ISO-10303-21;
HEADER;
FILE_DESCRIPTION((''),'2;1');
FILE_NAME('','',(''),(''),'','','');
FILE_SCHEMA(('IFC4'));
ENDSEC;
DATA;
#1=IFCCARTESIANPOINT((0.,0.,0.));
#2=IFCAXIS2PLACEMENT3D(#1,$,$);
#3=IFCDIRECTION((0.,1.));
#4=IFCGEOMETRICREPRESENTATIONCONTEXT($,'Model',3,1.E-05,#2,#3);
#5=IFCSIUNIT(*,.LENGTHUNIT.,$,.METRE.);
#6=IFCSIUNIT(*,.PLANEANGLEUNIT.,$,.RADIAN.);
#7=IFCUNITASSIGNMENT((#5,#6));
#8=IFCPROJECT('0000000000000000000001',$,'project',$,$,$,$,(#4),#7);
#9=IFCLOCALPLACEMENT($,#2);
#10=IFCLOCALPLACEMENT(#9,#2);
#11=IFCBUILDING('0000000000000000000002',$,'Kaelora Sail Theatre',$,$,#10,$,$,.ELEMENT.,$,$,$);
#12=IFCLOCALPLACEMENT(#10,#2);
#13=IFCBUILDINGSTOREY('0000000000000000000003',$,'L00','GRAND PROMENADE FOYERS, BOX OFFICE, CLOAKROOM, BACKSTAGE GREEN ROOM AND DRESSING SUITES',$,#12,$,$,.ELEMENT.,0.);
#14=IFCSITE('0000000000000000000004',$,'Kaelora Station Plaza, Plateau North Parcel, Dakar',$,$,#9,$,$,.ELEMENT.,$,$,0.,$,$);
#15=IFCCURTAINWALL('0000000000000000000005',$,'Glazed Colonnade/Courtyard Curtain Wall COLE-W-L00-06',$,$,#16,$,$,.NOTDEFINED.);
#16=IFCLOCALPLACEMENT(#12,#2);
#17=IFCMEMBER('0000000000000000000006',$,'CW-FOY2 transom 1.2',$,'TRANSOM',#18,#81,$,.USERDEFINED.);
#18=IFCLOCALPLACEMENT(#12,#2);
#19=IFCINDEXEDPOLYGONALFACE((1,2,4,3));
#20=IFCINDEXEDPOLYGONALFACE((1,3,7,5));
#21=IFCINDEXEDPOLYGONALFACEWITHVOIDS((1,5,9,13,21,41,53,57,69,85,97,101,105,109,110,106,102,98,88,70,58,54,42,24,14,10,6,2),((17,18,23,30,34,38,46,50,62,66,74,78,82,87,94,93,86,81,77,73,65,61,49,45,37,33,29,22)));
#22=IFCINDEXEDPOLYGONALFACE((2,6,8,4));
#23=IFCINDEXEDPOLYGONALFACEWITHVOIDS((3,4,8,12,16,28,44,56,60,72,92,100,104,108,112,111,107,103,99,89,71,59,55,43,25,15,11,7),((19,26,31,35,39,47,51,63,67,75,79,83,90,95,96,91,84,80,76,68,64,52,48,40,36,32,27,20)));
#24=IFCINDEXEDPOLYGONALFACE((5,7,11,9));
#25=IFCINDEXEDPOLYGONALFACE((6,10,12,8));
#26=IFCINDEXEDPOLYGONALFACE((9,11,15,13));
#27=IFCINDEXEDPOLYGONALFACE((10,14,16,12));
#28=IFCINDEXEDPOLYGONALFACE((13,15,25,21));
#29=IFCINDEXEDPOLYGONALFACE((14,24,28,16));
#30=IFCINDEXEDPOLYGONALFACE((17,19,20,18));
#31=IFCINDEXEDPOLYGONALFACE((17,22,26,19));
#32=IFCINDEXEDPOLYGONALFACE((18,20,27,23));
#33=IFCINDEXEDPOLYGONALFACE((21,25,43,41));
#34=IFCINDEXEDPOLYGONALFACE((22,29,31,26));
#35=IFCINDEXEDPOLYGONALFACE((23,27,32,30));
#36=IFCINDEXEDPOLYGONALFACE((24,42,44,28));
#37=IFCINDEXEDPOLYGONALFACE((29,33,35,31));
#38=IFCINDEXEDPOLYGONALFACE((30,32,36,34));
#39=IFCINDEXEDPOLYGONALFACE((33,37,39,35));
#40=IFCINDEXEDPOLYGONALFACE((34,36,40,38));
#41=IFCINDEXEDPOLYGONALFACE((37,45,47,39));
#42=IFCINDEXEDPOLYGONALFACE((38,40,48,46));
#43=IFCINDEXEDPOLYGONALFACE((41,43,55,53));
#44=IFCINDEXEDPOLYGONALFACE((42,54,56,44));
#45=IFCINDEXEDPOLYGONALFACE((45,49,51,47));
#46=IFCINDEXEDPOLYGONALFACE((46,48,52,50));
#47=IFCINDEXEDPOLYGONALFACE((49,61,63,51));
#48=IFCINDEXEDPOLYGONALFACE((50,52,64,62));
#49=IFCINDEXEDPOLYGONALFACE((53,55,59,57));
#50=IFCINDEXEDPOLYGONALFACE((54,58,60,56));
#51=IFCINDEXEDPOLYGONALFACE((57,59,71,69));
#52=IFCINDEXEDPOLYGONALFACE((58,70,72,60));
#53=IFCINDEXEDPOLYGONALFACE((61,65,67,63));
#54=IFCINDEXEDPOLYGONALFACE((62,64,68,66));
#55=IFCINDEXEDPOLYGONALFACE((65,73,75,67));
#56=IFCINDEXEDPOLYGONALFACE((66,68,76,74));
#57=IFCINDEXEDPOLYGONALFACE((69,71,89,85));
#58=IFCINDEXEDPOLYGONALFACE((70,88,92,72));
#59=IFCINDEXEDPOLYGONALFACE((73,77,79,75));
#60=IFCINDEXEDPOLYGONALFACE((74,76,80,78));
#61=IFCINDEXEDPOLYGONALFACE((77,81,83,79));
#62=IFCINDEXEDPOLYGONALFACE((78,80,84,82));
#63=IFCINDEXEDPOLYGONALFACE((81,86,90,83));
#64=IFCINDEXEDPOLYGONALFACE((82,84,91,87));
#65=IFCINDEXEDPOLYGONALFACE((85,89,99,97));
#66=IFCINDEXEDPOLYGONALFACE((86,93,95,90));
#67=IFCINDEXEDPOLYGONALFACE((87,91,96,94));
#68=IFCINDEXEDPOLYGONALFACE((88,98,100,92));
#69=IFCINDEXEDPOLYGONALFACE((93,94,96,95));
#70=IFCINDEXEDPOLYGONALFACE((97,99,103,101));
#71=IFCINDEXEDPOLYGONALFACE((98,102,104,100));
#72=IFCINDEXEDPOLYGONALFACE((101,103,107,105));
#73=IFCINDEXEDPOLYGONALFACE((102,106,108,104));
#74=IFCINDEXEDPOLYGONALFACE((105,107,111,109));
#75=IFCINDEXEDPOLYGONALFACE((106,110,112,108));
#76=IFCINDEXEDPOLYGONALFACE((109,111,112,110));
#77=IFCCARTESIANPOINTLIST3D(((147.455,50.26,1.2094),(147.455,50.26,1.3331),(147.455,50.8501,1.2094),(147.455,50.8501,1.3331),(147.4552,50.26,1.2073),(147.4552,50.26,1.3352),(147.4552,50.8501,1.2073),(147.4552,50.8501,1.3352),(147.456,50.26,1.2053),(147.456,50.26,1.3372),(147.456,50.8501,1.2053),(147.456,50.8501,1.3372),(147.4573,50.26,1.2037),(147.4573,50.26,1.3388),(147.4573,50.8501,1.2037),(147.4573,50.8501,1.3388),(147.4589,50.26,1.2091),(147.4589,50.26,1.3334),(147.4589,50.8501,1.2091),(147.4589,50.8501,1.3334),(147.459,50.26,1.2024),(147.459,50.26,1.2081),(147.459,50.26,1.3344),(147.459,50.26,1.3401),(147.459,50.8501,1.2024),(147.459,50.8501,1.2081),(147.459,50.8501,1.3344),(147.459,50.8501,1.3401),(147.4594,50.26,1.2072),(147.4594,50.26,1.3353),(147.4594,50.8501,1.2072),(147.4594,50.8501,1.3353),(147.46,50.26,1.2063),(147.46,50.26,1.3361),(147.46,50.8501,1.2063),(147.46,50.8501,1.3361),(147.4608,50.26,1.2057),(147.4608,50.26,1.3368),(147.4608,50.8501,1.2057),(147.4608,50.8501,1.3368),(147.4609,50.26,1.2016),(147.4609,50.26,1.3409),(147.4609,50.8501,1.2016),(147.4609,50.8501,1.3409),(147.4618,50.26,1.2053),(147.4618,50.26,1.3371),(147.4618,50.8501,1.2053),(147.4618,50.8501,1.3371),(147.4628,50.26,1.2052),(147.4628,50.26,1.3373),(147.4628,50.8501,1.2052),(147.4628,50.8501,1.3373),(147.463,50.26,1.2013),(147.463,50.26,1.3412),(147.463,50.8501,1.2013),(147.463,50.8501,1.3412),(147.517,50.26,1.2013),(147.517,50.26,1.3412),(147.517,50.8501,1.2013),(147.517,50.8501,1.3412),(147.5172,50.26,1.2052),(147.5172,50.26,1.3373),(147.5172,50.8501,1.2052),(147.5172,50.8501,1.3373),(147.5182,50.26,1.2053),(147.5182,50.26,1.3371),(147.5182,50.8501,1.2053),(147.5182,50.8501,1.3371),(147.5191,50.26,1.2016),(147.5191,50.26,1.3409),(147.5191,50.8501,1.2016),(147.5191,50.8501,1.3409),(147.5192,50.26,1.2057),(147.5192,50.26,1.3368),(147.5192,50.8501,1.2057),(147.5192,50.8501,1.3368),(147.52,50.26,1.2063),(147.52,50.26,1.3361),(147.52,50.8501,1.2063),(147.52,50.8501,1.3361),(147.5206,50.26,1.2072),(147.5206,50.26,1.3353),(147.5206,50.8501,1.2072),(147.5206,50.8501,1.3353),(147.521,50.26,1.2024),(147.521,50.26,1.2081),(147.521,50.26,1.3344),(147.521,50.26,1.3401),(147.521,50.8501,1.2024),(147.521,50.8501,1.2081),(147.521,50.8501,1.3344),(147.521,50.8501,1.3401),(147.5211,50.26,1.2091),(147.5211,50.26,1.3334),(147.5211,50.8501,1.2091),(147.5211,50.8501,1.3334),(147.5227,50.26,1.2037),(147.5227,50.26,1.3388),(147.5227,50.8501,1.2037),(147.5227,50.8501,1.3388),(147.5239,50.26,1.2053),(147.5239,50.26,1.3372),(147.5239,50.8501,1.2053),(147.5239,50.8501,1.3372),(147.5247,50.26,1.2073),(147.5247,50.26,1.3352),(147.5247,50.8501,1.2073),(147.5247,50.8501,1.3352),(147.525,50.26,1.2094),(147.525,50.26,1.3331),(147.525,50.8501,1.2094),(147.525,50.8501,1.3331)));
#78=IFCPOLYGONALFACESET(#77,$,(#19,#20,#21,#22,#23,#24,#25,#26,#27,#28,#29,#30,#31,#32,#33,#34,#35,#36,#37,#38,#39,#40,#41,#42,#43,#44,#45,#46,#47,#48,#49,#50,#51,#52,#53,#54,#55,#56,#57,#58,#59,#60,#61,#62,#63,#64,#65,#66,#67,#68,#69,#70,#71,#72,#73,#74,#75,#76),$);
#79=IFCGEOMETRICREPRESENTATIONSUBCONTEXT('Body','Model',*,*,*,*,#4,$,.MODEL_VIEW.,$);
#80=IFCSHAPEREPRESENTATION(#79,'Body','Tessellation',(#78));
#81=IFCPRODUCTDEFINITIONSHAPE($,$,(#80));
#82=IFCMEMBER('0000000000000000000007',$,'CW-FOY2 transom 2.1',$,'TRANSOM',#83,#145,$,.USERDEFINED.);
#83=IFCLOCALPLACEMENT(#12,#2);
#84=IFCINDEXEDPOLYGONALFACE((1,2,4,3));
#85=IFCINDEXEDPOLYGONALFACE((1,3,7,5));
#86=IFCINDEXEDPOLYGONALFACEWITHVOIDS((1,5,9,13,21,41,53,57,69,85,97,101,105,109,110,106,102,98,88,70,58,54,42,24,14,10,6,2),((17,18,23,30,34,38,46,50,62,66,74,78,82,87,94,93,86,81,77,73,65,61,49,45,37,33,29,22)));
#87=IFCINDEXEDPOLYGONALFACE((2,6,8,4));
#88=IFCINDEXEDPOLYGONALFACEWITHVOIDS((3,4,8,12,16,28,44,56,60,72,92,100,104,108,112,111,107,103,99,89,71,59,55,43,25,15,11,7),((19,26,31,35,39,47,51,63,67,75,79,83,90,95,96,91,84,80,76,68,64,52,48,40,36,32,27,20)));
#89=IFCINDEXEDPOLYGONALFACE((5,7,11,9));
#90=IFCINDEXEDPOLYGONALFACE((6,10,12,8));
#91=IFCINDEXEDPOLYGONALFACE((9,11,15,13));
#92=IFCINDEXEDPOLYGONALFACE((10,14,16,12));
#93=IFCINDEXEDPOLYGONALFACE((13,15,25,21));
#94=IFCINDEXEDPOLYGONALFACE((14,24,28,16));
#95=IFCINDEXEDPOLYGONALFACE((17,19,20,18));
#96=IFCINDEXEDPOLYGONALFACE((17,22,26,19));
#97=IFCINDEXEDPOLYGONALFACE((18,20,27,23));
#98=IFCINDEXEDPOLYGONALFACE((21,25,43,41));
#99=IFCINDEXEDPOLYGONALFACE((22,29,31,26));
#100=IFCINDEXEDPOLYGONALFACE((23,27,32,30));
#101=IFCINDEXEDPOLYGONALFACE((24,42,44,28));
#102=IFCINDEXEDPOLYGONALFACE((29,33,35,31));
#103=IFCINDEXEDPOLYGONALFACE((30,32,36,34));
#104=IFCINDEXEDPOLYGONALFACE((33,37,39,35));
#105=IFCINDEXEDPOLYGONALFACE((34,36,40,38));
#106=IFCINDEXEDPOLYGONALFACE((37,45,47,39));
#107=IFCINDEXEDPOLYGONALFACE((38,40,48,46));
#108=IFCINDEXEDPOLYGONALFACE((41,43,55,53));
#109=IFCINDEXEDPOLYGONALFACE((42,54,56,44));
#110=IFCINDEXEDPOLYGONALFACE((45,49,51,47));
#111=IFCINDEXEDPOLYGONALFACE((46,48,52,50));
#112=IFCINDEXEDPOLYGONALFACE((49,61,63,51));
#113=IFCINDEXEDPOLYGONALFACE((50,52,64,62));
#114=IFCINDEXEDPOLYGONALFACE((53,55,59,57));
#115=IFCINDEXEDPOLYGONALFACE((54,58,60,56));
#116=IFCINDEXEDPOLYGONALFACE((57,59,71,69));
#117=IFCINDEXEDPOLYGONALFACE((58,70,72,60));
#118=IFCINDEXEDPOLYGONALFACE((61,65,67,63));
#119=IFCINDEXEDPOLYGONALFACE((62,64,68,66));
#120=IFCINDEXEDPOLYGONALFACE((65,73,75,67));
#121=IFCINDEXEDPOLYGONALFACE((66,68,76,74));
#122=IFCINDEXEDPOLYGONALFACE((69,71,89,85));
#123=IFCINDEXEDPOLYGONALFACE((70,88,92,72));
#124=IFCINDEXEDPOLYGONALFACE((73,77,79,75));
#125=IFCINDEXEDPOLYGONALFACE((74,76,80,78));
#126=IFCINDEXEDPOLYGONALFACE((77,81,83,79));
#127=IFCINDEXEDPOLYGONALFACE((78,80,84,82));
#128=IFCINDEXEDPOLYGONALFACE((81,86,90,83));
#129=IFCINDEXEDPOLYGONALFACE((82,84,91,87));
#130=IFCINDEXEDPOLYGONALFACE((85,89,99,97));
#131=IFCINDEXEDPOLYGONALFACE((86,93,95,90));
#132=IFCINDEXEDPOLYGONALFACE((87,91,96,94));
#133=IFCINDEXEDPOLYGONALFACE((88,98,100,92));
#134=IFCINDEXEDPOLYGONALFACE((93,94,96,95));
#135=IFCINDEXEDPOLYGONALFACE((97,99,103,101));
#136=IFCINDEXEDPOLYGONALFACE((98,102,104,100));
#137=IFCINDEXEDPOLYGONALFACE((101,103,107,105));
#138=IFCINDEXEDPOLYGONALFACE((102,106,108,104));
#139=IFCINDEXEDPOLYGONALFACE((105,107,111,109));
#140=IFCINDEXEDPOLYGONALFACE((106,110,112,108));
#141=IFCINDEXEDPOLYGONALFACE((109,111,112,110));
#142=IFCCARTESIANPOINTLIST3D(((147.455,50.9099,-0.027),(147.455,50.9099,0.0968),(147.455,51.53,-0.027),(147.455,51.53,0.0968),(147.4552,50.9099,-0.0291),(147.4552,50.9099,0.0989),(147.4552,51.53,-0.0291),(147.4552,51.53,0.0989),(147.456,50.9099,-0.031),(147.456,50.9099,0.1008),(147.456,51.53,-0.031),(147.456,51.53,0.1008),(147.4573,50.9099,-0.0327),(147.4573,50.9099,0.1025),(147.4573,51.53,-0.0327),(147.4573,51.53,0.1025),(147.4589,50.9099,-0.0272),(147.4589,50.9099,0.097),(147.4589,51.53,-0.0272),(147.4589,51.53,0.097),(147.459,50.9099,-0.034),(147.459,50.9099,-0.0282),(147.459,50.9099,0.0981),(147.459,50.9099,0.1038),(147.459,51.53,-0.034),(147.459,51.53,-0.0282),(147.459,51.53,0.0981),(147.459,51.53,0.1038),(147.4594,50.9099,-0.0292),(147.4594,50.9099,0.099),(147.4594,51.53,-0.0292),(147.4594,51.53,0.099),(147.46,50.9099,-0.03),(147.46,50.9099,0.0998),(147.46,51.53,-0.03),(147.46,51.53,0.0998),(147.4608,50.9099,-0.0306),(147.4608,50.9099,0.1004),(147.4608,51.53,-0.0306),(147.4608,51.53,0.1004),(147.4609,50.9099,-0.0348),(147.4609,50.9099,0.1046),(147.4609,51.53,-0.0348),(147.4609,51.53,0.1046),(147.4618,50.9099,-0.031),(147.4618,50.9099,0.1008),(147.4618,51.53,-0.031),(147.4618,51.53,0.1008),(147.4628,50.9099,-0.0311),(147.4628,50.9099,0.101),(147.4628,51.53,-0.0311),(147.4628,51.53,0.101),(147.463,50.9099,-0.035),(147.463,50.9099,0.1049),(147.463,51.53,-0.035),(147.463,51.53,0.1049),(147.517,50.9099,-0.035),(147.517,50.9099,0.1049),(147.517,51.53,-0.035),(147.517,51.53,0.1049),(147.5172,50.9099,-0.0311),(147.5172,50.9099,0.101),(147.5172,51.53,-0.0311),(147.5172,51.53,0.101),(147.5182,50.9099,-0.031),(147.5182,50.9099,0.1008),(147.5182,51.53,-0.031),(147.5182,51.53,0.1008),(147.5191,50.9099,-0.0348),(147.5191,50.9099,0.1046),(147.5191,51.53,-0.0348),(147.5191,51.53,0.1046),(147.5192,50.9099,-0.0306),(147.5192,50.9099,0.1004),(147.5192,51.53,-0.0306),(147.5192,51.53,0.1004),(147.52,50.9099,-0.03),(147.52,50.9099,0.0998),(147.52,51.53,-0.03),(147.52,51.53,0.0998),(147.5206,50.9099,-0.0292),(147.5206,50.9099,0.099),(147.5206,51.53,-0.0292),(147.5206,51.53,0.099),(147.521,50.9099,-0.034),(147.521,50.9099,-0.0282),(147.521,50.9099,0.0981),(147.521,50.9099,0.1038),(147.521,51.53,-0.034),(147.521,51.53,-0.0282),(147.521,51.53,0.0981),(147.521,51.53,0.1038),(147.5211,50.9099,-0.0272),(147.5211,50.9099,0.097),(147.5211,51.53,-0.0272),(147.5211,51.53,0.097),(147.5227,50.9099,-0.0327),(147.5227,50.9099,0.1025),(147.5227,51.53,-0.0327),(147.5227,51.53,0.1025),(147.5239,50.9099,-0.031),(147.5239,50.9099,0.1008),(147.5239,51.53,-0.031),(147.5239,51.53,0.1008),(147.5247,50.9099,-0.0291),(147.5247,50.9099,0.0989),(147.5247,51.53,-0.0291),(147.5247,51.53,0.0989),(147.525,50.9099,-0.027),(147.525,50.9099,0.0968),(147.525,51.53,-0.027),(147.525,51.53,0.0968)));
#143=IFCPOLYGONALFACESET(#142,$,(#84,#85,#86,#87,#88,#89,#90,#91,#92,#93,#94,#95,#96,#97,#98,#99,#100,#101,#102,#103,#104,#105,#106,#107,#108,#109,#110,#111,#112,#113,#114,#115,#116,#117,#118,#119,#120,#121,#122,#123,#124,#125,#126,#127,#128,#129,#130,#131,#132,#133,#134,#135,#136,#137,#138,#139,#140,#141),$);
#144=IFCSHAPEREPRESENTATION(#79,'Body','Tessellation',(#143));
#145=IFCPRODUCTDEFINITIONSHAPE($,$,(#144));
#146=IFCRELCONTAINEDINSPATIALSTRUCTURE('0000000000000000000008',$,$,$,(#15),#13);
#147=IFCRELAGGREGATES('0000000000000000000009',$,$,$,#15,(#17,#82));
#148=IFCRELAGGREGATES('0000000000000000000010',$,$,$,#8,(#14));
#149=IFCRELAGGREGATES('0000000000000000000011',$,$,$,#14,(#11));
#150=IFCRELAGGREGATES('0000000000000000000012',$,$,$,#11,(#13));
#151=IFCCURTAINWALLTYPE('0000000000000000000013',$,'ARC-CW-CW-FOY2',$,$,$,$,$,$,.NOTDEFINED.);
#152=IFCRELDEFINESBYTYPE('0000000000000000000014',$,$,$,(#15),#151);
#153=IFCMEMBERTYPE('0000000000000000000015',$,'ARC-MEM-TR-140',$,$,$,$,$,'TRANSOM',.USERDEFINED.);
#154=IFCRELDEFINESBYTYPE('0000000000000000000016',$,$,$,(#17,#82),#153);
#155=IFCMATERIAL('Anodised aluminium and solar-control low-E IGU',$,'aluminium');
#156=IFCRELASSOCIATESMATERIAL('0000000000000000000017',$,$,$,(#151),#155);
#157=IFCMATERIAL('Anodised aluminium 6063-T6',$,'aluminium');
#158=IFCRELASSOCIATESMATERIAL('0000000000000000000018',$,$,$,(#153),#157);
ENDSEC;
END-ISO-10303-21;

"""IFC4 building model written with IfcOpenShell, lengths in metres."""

from ifc_helpers import new_model, si_unit, direction, frame, origin, origin_2d, place, context, subcontext, project, spatial, hollow_rectangle, extrude, material, material_profile, profile_set, type_object, element, aggregate, save


model = new_model("IFC4")

# Units and contexts
model_context = context("Model", 3, precision=1e-05, world=origin(), true_north=direction((0.0, 1.0)))
body_context = subcontext(model_context, "Body", "Model", "MODEL_VIEW")
ifc_project = project(units=[si_unit("LENGTHUNIT", "METRE"), si_unit("PLANEANGLEUNIT", "RADIAN")], contexts=[model_context])

# Site, building, storey
site_placement = place(None, origin())
site = spatial("IfcSite", under=ifc_project, at=site_placement, Name="Kaelora Station Plaza, Plateau North Parcel, Dakar", CompositionType="ELEMENT", RefElevation=0.0)
building_placement = place(site_placement, origin())
building = spatial("IfcBuilding", under=site, at=building_placement, Name="Kaelora Sail Theatre", CompositionType="ELEMENT")
storey_placement = place(building_placement, origin())
storey = spatial("IfcBuildingStorey", under=building, at=storey_placement, Name="L00", Description="GRAND PROMENADE FOYERS, BOX OFFICE, CLOAKROOM, BACKSTAGE GREEN ROOM AND DRESSING SUITES", CompositionType="ELEMENT", Elevation=0.0)

# Curtain wall
ifc_material_1 = material(Name="Anodised aluminium and solar-control low-E IGU", Category="aluminium")
curtain_wall_type = type_object("IfcCurtainWallType", Name="ARC-CW-CW-FOY2", PredefinedType="NOTDEFINED", material=ifc_material_1)
curtain_wall_1_placement = place(storey_placement, origin())
curtain_wall_1 = element("IfcCurtainWall", 1, at=curtain_wall_1_placement, inside=storey, type_object=curtain_wall_type, Name="Glazed Colonnade/Courtyard Curtain Wall COLE-W-L00-06", PredefinedType="NOTDEFINED")

# Members
ifc_material_2 = material(Name="Anodised aluminium 6063-T6", Category="aluminium")
ifc_material_profile_1 = material_profile(ifc_material_2, hollow_rectangle(XDim=0.0701, YDim=0.1399, WallThickness=0.0039, InnerFilletRadius=0.0039, OuterFilletRadius=0.0081, at=origin_2d()), Name="ALU-TRAN 70x140x4")
ifc_profile_set_1 = profile_set([ifc_material_profile_1], Name="Anodised aluminium 6063-T6")
member_type_1 = type_object("IfcMemberType", Name="ARC-MEM-TR-140", ElementType="TRANSOM", PredefinedType="USERDEFINED", material=ifc_profile_set_1)
member_1_placement = place(storey_placement, frame((147.49, 50.26, 1.2712), z_axis=(0.0, 1.0, 0.0), x_axis=(-1.0, 0.0, 0.0)))
member_1 = element("IfcMember", 2, at=member_1_placement, type_object=member_type_1, Name="CW-FOY2 transom 1.2", ObjectType="TRANSOM", PredefinedType="USERDEFINED", context=body_context, shape_type="SweptSolid", body=[
    extrude(hollow_rectangle(XDim=0.0701, YDim=0.1399, WallThickness=0.0039, InnerFilletRadius=0.0039, OuterFilletRadius=0.0081, at=origin_2d()), origin(), (0.0, 0.0, 1.0), 0.5901),
])
member_2_placement = place(storey_placement, frame((147.49, 50.9099, 0.0349), z_axis=(0.0, 1.0, 0.0), x_axis=(-1.0, 0.0, 0.0)))
member_2 = element("IfcMember", 3, at=member_2_placement, type_object=member_type_1, Name="CW-FOY2 transom 2.1", ObjectType="TRANSOM", PredefinedType="USERDEFINED", context=body_context, shape_type="SweptSolid", body=[
    extrude(hollow_rectangle(XDim=0.0701, YDim=0.1399, WallThickness=0.0039, InnerFilletRadius=0.0039, OuterFilletRadius=0.0081, at=origin_2d()), origin(), (0.0, 0.0, 1.0), 0.6201),
])

aggregate(curtain_wall_1, [member_1, member_2])

save(model, "model.ifc")
